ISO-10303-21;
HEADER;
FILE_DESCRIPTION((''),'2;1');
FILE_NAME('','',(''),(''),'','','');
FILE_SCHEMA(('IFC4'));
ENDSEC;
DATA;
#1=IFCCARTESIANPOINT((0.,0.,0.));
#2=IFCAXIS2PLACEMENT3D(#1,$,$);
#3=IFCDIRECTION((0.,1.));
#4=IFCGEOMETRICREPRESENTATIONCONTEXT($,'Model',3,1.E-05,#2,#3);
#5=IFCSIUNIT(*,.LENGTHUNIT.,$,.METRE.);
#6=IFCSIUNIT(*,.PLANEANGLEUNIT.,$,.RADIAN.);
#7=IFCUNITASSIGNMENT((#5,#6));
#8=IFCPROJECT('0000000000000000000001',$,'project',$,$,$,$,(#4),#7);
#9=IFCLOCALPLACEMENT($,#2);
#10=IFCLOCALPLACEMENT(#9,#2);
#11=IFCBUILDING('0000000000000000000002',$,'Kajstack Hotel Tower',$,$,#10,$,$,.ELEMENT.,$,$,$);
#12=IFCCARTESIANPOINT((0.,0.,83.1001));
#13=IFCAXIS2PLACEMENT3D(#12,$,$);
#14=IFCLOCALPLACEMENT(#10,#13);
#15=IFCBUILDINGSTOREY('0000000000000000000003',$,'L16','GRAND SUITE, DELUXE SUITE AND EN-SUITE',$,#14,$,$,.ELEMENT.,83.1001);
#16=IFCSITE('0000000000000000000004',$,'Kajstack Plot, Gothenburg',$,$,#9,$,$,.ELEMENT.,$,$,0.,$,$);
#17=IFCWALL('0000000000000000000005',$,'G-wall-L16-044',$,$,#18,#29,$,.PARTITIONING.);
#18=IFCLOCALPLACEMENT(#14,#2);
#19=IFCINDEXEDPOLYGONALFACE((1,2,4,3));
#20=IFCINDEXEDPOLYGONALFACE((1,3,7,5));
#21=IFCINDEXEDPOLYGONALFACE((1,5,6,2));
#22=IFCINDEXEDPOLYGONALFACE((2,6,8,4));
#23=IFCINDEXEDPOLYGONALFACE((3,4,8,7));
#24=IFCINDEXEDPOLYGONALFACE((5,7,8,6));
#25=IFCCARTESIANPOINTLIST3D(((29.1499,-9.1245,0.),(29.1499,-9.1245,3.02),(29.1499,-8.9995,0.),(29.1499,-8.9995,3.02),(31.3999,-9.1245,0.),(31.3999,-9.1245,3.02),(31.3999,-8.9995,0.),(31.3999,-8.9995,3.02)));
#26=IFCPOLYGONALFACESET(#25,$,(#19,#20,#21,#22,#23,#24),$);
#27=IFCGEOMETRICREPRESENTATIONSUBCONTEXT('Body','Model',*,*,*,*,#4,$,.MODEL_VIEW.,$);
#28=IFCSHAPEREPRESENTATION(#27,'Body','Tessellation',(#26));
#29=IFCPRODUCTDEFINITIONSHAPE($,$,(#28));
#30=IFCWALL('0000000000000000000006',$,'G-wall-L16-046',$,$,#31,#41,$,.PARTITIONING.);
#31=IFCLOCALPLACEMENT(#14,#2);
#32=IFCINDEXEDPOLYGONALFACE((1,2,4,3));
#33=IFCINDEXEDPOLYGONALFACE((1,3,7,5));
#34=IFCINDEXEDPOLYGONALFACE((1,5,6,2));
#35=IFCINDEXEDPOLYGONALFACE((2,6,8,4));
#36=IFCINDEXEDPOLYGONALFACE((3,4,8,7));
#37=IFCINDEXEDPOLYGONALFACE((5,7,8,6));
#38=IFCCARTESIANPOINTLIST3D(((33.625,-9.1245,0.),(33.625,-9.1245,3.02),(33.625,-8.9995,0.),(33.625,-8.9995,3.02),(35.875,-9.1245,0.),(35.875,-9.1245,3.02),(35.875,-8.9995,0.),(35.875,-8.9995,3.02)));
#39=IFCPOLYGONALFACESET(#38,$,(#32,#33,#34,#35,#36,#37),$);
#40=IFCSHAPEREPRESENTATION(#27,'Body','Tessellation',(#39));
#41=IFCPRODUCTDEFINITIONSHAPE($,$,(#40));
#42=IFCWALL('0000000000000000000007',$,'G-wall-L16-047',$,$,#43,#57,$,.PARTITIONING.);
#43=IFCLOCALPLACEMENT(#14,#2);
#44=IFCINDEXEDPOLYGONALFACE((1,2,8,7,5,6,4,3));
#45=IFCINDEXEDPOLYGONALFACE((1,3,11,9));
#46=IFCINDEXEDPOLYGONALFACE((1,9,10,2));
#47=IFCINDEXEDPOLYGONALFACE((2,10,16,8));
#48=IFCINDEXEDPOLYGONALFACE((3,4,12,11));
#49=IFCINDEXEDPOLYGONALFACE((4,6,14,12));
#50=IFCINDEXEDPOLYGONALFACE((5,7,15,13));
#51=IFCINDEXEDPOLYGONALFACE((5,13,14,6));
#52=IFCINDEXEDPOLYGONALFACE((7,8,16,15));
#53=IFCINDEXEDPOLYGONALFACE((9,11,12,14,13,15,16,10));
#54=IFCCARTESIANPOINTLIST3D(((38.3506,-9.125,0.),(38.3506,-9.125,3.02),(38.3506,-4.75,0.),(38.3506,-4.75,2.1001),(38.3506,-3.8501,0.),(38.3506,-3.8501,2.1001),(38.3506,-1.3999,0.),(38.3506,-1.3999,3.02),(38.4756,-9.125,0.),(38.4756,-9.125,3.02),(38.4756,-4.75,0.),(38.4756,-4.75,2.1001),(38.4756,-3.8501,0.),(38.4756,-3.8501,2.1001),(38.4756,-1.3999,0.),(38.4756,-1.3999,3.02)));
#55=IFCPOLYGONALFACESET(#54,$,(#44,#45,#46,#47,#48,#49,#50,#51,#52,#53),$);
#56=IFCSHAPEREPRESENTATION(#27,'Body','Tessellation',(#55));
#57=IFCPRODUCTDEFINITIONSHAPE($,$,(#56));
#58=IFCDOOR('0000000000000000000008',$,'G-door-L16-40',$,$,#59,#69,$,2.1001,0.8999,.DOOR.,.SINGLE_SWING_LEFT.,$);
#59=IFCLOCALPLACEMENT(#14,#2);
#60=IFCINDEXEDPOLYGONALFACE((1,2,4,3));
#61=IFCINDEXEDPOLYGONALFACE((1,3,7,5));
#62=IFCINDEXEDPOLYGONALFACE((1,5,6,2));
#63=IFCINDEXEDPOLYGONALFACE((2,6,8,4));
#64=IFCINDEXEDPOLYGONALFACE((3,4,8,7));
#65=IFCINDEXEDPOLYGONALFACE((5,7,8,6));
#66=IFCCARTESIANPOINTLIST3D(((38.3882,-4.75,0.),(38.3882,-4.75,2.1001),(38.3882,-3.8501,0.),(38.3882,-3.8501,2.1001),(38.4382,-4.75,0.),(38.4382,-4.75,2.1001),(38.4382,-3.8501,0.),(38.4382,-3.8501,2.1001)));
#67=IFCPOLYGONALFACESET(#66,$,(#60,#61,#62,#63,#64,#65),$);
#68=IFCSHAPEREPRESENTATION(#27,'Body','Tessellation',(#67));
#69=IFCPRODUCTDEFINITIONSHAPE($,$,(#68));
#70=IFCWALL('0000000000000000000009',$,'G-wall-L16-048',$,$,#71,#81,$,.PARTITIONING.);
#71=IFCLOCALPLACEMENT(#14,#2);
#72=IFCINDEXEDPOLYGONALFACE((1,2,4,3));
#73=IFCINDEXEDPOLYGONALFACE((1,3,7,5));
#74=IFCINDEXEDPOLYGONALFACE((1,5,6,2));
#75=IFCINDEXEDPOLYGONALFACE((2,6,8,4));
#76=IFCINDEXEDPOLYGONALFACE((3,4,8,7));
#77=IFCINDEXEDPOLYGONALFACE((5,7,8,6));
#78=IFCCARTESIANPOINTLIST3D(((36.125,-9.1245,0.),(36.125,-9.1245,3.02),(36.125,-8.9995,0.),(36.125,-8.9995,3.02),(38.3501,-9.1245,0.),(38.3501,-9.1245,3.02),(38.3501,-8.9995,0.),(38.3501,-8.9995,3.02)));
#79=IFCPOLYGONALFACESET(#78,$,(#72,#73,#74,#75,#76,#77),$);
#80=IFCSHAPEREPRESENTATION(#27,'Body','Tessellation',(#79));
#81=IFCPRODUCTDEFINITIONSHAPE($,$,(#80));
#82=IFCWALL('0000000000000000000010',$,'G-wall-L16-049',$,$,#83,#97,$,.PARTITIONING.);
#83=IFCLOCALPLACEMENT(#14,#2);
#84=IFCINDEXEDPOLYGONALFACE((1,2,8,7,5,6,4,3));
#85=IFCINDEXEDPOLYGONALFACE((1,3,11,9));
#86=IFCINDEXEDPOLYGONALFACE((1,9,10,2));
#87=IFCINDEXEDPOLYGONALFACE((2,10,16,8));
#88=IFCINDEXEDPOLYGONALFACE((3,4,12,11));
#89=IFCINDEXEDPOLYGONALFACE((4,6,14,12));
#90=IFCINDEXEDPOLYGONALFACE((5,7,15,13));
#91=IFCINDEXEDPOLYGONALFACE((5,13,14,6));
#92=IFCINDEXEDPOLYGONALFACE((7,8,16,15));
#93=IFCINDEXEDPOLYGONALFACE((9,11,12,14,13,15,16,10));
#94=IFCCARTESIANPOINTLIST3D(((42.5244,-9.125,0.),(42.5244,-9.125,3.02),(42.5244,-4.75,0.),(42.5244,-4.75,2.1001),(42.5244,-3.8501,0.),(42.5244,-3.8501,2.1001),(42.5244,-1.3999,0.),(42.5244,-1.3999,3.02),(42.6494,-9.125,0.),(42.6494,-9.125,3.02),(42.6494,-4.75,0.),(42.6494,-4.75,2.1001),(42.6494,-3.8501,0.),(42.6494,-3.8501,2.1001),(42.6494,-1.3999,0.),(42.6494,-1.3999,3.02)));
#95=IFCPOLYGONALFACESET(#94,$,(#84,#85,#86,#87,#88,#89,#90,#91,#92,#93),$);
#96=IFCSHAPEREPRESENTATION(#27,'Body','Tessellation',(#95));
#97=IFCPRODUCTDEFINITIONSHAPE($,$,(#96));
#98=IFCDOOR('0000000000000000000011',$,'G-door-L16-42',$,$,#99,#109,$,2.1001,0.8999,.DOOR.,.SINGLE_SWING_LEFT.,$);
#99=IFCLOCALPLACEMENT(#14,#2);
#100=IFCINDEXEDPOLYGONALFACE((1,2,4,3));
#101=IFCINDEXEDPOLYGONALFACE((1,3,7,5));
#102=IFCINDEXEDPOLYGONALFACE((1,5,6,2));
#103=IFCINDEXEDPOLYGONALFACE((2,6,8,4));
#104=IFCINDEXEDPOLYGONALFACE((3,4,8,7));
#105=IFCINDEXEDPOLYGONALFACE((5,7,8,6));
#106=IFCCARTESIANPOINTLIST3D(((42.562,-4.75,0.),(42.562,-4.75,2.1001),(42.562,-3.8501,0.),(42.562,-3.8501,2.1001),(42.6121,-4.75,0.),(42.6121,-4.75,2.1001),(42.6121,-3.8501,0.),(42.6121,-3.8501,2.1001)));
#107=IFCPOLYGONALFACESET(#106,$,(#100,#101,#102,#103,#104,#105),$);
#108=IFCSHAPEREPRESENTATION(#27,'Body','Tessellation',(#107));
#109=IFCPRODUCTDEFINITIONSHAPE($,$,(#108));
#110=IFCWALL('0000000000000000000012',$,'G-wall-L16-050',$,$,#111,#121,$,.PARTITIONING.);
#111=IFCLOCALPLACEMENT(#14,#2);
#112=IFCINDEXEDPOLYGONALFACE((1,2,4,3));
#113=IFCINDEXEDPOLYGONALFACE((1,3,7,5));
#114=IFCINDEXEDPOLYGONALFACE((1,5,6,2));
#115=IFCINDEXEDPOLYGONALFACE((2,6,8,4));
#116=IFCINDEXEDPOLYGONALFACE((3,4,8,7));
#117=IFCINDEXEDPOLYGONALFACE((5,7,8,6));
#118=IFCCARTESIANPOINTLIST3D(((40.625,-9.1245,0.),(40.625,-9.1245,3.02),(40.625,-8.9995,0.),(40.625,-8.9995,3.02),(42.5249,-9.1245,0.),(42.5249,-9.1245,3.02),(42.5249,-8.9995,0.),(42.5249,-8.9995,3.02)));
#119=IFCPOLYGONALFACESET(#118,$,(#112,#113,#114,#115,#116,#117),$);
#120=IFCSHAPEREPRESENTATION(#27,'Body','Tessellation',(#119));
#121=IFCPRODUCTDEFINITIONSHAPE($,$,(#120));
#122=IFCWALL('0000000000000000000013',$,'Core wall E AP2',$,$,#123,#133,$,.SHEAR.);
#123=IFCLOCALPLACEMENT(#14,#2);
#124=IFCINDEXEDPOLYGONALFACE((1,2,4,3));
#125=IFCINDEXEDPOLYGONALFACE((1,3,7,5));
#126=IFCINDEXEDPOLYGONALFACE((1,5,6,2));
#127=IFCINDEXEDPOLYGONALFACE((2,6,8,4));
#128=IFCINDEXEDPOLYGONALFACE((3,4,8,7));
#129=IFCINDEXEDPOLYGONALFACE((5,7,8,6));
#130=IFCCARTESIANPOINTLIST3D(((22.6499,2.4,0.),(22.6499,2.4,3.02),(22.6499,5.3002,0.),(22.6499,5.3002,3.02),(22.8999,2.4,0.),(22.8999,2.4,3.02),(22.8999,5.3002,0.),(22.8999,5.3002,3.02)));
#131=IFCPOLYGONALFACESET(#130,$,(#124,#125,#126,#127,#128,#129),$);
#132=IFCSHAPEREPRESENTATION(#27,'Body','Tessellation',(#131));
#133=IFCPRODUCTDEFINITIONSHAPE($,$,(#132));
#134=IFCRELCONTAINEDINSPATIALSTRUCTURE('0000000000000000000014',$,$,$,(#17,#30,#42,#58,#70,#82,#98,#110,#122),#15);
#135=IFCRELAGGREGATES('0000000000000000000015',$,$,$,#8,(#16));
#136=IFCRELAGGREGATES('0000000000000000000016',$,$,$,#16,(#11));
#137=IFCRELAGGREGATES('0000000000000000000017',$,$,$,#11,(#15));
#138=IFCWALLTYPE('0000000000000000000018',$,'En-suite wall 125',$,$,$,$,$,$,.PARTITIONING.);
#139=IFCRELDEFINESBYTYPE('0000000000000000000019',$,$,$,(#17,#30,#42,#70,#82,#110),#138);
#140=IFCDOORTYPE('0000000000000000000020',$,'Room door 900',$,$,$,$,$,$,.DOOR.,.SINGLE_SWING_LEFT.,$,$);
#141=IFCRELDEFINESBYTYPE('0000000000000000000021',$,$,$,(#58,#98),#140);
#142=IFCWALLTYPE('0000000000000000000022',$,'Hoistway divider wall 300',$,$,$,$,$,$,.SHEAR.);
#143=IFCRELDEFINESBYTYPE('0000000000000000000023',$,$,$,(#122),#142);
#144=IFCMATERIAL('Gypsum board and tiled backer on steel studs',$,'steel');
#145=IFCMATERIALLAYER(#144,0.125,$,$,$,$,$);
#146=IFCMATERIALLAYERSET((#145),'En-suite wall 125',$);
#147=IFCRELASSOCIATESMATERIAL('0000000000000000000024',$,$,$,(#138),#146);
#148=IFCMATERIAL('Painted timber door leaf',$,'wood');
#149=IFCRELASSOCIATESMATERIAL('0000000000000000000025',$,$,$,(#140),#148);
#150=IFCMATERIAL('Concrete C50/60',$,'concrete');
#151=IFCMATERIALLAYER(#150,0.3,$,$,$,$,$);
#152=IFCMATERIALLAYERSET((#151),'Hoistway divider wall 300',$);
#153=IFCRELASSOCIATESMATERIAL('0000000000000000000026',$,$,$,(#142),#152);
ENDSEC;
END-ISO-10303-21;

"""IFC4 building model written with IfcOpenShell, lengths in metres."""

from ifc_helpers import new_model, si_unit, direction, frame, frame_2d, origin, place, context, subcontext, project, spatial, rectangle, extrude, material, layer, layer_set, type_object, element, fill, save


model = new_model("IFC4")

# Units and contexts
model_context = context("Model", 3, precision=1e-05, world=origin(), true_north=direction((0.0, 1.0)))
body_context = subcontext(model_context, "Body", "Model", "MODEL_VIEW")
ifc_project = project(units=[si_unit("LENGTHUNIT", "METRE"), si_unit("PLANEANGLEUNIT", "RADIAN")], contexts=[model_context])

# Site, building, storey
site_placement = place(None, origin())
site = spatial("IfcSite", under=ifc_project, at=site_placement, Name="Kajstack Plot, Gothenburg", CompositionType="ELEMENT", RefElevation=0.0)
building_placement = place(site_placement, origin())
building = spatial("IfcBuilding", under=site, at=building_placement, Name="Kajstack Hotel Tower", CompositionType="ELEMENT")
storey_placement = place(building_placement, frame((0.0, 0.0, 83.1001)))
storey = spatial("IfcBuildingStorey", under=building, at=storey_placement, Name="L16", Description="GRAND SUITE, DELUXE SUITE AND EN-SUITE", CompositionType="ELEMENT", Elevation=83.1001)

# Walls
ifc_material_1 = material(Name="Gypsum board and tiled backer on steel studs", Category="steel")
ifc_layer_1 = layer(ifc_material_1, 0.125)
ifc_layer_set_1 = layer_set([ifc_layer_1], Name="En-suite wall 125")
wall_type_1 = type_object("IfcWallType", Name="En-suite wall 125", PredefinedType="PARTITIONING", material=ifc_layer_set_1)
for number, where, z_axis, x_axis, name in (
    (1, (29.1499, -9.062, 0.0), (0.0, 0.0, 1.0), (1.0, 0.0, 0.0), "G-wall-L16-044"),
    (2, (33.625, -9.062, 0.0), (0.0, 0.0, 1.0), (1.0, 0.0, 0.0), "G-wall-L16-046"),
):
    element("IfcWall", number, at=place(storey_placement, frame(where, z_axis=z_axis, x_axis=x_axis)), inside=storey, type_object=wall_type_1, Name=name, PredefinedType="PARTITIONING", context=body_context, shape_type="SweptSolid", body=[
        extrude(rectangle(XDim=2.25, YDim=0.125, at=frame_2d((1.125, 0.0))), origin(), (0.0, 0.0, 1.0), 3.02),
    ])

# Wall, opening, door
wall_1_placement = place(storey_placement, frame((38.4131, -9.125, 0.0), z_axis=(0.0, 0.0, 1.0), x_axis=(0.0, 1.0, 0.0)))
wall_1 = element("IfcWall", 3, at=wall_1_placement, inside=storey, type_object=wall_type_1, Name="G-wall-L16-047", PredefinedType="PARTITIONING", context=body_context, shape_type="SweptSolid", body=[
    extrude(rectangle(XDim=7.7251, YDim=0.125, at=frame_2d((3.8625, 0.0))), origin(), (0.0, 0.0, 1.0), 3.02),
])
opening_1_placement = place(wall_1_placement, frame((4.375, 0.0, 0.0)))
opening_1 = element("IfcOpeningElement", 4, at=opening_1_placement, cuts=wall_1, PredefinedType="OPENING", context=body_context, shape_type="SweptSolid", body=[
    extrude(rectangle(XDim=0.8999, YDim=2.1001, at=frame_2d((0.45, 1.05))), frame((0.0, 0.0725, 0.0), z_axis=(0.0, -1.0, 0.0), x_axis=(1.0, 0.0, 0.0)), (0.0, 0.0, 1.0), 0.145),
])
ifc_material_2 = material(Name="Painted timber door leaf", Category="wood")
door_type_1 = type_object("IfcDoorType", Name="Room door 900", OperationType="SINGLE_SWING_LEFT", PredefinedType="DOOR", material=ifc_material_2)
door_1_placement = place(opening_1_placement, origin())
door_1 = element("IfcDoor", 5, at=door_1_placement, inside=storey, type_object=door_type_1, Name="G-door-L16-40", OperationType="SINGLE_SWING_LEFT", OverallHeight=2.1001, OverallWidth=0.8999, PredefinedType="DOOR", context=body_context, shape_type="SweptSolid", body=[
    extrude(rectangle(XDim=0.8999, YDim=2.1001, at=frame_2d((0.45, 1.05))), frame((0.0, 0.0249, 0.0), z_axis=(0.0, -1.0, 0.0), x_axis=(1.0, 0.0, 0.0)), (0.0, 0.0, 1.0), 0.05),
])
fill(opening_1, door_1)

# Wall
wall_2_placement = place(storey_placement, frame((36.125, -9.062, 0.0), z_axis=(0.0, 0.0, 1.0), x_axis=(1.0, 0.0, 0.0)))
element("IfcWall", 6, at=wall_2_placement, inside=storey, type_object=wall_type_1, Name="G-wall-L16-048", PredefinedType="PARTITIONING", context=body_context, shape_type="SweptSolid", body=[
    extrude(rectangle(XDim=2.2251, YDim=0.125, at=frame_2d((1.1125, 0.0))), origin(), (0.0, 0.0, 1.0), 3.02),
])

# Wall, opening, door
wall_3_placement = place(storey_placement, frame((42.5869, -9.125, 0.0), z_axis=(0.0, 0.0, 1.0), x_axis=(0.0, 1.0, 0.0)))
wall_3 = element("IfcWall", 7, at=wall_3_placement, inside=storey, type_object=wall_type_1, Name="G-wall-L16-049", PredefinedType="PARTITIONING", context=body_context, shape_type="SweptSolid", body=[
    extrude(rectangle(XDim=7.7251, YDim=0.125, at=frame_2d((3.8625, 0.0))), origin(), (0.0, 0.0, 1.0), 3.02),
])
opening_2_placement = place(wall_3_placement, frame((4.375, 0.0, 0.0)))
opening_2 = element("IfcOpeningElement", 8, at=opening_2_placement, cuts=wall_3, PredefinedType="OPENING", context=body_context, shape_type="SweptSolid", body=[
    extrude(rectangle(XDim=0.8999, YDim=2.1001, at=frame_2d((0.45, 1.05))), frame((0.0, 0.0725, 0.0), z_axis=(0.0, -1.0, 0.0), x_axis=(1.0, 0.0, 0.0)), (0.0, 0.0, 1.0), 0.145),
])
door_2_placement = place(opening_2_placement, origin())
door_2 = element("IfcDoor", 9, at=door_2_placement, inside=storey, type_object=door_type_1, Name="G-door-L16-42", OperationType="SINGLE_SWING_LEFT", OverallHeight=2.1001, OverallWidth=0.8999, PredefinedType="DOOR", context=body_context, shape_type="SweptSolid", body=[
    extrude(rectangle(XDim=0.8999, YDim=2.1001, at=frame_2d((0.45, 1.05))), frame((0.0, 0.0249, 0.0), z_axis=(0.0, -1.0, 0.0), x_axis=(1.0, 0.0, 0.0)), (0.0, 0.0, 1.0), 0.05),
])
fill(opening_2, door_2)

# Walls
wall_4_placement = place(storey_placement, frame((40.625, -9.062, 0.0), z_axis=(0.0, 0.0, 1.0), x_axis=(1.0, 0.0, 0.0)))
element("IfcWall", 10, at=wall_4_placement, inside=storey, type_object=wall_type_1, Name="G-wall-L16-050", PredefinedType="PARTITIONING", context=body_context, shape_type="SweptSolid", body=[
    extrude(rectangle(XDim=1.8999, YDim=0.125, at=frame_2d((0.95, 0.0))), origin(), (0.0, 0.0, 1.0), 3.02),
])
ifc_material_3 = material(Name="Concrete C50/60", Category="concrete")
ifc_layer_2 = layer(ifc_material_3, 0.3)
ifc_layer_set_2 = layer_set([ifc_layer_2], Name="Hoistway divider wall 300")
wall_type_2 = type_object("IfcWallType", Name="Hoistway divider wall 300", PredefinedType="SHEAR", material=ifc_layer_set_2)
wall_5_placement = place(storey_placement, frame((22.7749, 2.3999, 0.0), z_axis=(0.0, 0.0, 1.0), x_axis=(0.0, 1.0, 0.0)))
element("IfcWall", 11, at=wall_5_placement, inside=storey, type_object=wall_type_2, Name="Core wall E AP2", PredefinedType="SHEAR", context=body_context, shape_type="SweptSolid", body=[
    extrude(rectangle(XDim=2.9001, YDim=0.25, at=frame_2d((1.4502, 0.0))), origin(), (0.0, 0.0, 1.0), 3.02),
])

save(model, "model.ifc")
